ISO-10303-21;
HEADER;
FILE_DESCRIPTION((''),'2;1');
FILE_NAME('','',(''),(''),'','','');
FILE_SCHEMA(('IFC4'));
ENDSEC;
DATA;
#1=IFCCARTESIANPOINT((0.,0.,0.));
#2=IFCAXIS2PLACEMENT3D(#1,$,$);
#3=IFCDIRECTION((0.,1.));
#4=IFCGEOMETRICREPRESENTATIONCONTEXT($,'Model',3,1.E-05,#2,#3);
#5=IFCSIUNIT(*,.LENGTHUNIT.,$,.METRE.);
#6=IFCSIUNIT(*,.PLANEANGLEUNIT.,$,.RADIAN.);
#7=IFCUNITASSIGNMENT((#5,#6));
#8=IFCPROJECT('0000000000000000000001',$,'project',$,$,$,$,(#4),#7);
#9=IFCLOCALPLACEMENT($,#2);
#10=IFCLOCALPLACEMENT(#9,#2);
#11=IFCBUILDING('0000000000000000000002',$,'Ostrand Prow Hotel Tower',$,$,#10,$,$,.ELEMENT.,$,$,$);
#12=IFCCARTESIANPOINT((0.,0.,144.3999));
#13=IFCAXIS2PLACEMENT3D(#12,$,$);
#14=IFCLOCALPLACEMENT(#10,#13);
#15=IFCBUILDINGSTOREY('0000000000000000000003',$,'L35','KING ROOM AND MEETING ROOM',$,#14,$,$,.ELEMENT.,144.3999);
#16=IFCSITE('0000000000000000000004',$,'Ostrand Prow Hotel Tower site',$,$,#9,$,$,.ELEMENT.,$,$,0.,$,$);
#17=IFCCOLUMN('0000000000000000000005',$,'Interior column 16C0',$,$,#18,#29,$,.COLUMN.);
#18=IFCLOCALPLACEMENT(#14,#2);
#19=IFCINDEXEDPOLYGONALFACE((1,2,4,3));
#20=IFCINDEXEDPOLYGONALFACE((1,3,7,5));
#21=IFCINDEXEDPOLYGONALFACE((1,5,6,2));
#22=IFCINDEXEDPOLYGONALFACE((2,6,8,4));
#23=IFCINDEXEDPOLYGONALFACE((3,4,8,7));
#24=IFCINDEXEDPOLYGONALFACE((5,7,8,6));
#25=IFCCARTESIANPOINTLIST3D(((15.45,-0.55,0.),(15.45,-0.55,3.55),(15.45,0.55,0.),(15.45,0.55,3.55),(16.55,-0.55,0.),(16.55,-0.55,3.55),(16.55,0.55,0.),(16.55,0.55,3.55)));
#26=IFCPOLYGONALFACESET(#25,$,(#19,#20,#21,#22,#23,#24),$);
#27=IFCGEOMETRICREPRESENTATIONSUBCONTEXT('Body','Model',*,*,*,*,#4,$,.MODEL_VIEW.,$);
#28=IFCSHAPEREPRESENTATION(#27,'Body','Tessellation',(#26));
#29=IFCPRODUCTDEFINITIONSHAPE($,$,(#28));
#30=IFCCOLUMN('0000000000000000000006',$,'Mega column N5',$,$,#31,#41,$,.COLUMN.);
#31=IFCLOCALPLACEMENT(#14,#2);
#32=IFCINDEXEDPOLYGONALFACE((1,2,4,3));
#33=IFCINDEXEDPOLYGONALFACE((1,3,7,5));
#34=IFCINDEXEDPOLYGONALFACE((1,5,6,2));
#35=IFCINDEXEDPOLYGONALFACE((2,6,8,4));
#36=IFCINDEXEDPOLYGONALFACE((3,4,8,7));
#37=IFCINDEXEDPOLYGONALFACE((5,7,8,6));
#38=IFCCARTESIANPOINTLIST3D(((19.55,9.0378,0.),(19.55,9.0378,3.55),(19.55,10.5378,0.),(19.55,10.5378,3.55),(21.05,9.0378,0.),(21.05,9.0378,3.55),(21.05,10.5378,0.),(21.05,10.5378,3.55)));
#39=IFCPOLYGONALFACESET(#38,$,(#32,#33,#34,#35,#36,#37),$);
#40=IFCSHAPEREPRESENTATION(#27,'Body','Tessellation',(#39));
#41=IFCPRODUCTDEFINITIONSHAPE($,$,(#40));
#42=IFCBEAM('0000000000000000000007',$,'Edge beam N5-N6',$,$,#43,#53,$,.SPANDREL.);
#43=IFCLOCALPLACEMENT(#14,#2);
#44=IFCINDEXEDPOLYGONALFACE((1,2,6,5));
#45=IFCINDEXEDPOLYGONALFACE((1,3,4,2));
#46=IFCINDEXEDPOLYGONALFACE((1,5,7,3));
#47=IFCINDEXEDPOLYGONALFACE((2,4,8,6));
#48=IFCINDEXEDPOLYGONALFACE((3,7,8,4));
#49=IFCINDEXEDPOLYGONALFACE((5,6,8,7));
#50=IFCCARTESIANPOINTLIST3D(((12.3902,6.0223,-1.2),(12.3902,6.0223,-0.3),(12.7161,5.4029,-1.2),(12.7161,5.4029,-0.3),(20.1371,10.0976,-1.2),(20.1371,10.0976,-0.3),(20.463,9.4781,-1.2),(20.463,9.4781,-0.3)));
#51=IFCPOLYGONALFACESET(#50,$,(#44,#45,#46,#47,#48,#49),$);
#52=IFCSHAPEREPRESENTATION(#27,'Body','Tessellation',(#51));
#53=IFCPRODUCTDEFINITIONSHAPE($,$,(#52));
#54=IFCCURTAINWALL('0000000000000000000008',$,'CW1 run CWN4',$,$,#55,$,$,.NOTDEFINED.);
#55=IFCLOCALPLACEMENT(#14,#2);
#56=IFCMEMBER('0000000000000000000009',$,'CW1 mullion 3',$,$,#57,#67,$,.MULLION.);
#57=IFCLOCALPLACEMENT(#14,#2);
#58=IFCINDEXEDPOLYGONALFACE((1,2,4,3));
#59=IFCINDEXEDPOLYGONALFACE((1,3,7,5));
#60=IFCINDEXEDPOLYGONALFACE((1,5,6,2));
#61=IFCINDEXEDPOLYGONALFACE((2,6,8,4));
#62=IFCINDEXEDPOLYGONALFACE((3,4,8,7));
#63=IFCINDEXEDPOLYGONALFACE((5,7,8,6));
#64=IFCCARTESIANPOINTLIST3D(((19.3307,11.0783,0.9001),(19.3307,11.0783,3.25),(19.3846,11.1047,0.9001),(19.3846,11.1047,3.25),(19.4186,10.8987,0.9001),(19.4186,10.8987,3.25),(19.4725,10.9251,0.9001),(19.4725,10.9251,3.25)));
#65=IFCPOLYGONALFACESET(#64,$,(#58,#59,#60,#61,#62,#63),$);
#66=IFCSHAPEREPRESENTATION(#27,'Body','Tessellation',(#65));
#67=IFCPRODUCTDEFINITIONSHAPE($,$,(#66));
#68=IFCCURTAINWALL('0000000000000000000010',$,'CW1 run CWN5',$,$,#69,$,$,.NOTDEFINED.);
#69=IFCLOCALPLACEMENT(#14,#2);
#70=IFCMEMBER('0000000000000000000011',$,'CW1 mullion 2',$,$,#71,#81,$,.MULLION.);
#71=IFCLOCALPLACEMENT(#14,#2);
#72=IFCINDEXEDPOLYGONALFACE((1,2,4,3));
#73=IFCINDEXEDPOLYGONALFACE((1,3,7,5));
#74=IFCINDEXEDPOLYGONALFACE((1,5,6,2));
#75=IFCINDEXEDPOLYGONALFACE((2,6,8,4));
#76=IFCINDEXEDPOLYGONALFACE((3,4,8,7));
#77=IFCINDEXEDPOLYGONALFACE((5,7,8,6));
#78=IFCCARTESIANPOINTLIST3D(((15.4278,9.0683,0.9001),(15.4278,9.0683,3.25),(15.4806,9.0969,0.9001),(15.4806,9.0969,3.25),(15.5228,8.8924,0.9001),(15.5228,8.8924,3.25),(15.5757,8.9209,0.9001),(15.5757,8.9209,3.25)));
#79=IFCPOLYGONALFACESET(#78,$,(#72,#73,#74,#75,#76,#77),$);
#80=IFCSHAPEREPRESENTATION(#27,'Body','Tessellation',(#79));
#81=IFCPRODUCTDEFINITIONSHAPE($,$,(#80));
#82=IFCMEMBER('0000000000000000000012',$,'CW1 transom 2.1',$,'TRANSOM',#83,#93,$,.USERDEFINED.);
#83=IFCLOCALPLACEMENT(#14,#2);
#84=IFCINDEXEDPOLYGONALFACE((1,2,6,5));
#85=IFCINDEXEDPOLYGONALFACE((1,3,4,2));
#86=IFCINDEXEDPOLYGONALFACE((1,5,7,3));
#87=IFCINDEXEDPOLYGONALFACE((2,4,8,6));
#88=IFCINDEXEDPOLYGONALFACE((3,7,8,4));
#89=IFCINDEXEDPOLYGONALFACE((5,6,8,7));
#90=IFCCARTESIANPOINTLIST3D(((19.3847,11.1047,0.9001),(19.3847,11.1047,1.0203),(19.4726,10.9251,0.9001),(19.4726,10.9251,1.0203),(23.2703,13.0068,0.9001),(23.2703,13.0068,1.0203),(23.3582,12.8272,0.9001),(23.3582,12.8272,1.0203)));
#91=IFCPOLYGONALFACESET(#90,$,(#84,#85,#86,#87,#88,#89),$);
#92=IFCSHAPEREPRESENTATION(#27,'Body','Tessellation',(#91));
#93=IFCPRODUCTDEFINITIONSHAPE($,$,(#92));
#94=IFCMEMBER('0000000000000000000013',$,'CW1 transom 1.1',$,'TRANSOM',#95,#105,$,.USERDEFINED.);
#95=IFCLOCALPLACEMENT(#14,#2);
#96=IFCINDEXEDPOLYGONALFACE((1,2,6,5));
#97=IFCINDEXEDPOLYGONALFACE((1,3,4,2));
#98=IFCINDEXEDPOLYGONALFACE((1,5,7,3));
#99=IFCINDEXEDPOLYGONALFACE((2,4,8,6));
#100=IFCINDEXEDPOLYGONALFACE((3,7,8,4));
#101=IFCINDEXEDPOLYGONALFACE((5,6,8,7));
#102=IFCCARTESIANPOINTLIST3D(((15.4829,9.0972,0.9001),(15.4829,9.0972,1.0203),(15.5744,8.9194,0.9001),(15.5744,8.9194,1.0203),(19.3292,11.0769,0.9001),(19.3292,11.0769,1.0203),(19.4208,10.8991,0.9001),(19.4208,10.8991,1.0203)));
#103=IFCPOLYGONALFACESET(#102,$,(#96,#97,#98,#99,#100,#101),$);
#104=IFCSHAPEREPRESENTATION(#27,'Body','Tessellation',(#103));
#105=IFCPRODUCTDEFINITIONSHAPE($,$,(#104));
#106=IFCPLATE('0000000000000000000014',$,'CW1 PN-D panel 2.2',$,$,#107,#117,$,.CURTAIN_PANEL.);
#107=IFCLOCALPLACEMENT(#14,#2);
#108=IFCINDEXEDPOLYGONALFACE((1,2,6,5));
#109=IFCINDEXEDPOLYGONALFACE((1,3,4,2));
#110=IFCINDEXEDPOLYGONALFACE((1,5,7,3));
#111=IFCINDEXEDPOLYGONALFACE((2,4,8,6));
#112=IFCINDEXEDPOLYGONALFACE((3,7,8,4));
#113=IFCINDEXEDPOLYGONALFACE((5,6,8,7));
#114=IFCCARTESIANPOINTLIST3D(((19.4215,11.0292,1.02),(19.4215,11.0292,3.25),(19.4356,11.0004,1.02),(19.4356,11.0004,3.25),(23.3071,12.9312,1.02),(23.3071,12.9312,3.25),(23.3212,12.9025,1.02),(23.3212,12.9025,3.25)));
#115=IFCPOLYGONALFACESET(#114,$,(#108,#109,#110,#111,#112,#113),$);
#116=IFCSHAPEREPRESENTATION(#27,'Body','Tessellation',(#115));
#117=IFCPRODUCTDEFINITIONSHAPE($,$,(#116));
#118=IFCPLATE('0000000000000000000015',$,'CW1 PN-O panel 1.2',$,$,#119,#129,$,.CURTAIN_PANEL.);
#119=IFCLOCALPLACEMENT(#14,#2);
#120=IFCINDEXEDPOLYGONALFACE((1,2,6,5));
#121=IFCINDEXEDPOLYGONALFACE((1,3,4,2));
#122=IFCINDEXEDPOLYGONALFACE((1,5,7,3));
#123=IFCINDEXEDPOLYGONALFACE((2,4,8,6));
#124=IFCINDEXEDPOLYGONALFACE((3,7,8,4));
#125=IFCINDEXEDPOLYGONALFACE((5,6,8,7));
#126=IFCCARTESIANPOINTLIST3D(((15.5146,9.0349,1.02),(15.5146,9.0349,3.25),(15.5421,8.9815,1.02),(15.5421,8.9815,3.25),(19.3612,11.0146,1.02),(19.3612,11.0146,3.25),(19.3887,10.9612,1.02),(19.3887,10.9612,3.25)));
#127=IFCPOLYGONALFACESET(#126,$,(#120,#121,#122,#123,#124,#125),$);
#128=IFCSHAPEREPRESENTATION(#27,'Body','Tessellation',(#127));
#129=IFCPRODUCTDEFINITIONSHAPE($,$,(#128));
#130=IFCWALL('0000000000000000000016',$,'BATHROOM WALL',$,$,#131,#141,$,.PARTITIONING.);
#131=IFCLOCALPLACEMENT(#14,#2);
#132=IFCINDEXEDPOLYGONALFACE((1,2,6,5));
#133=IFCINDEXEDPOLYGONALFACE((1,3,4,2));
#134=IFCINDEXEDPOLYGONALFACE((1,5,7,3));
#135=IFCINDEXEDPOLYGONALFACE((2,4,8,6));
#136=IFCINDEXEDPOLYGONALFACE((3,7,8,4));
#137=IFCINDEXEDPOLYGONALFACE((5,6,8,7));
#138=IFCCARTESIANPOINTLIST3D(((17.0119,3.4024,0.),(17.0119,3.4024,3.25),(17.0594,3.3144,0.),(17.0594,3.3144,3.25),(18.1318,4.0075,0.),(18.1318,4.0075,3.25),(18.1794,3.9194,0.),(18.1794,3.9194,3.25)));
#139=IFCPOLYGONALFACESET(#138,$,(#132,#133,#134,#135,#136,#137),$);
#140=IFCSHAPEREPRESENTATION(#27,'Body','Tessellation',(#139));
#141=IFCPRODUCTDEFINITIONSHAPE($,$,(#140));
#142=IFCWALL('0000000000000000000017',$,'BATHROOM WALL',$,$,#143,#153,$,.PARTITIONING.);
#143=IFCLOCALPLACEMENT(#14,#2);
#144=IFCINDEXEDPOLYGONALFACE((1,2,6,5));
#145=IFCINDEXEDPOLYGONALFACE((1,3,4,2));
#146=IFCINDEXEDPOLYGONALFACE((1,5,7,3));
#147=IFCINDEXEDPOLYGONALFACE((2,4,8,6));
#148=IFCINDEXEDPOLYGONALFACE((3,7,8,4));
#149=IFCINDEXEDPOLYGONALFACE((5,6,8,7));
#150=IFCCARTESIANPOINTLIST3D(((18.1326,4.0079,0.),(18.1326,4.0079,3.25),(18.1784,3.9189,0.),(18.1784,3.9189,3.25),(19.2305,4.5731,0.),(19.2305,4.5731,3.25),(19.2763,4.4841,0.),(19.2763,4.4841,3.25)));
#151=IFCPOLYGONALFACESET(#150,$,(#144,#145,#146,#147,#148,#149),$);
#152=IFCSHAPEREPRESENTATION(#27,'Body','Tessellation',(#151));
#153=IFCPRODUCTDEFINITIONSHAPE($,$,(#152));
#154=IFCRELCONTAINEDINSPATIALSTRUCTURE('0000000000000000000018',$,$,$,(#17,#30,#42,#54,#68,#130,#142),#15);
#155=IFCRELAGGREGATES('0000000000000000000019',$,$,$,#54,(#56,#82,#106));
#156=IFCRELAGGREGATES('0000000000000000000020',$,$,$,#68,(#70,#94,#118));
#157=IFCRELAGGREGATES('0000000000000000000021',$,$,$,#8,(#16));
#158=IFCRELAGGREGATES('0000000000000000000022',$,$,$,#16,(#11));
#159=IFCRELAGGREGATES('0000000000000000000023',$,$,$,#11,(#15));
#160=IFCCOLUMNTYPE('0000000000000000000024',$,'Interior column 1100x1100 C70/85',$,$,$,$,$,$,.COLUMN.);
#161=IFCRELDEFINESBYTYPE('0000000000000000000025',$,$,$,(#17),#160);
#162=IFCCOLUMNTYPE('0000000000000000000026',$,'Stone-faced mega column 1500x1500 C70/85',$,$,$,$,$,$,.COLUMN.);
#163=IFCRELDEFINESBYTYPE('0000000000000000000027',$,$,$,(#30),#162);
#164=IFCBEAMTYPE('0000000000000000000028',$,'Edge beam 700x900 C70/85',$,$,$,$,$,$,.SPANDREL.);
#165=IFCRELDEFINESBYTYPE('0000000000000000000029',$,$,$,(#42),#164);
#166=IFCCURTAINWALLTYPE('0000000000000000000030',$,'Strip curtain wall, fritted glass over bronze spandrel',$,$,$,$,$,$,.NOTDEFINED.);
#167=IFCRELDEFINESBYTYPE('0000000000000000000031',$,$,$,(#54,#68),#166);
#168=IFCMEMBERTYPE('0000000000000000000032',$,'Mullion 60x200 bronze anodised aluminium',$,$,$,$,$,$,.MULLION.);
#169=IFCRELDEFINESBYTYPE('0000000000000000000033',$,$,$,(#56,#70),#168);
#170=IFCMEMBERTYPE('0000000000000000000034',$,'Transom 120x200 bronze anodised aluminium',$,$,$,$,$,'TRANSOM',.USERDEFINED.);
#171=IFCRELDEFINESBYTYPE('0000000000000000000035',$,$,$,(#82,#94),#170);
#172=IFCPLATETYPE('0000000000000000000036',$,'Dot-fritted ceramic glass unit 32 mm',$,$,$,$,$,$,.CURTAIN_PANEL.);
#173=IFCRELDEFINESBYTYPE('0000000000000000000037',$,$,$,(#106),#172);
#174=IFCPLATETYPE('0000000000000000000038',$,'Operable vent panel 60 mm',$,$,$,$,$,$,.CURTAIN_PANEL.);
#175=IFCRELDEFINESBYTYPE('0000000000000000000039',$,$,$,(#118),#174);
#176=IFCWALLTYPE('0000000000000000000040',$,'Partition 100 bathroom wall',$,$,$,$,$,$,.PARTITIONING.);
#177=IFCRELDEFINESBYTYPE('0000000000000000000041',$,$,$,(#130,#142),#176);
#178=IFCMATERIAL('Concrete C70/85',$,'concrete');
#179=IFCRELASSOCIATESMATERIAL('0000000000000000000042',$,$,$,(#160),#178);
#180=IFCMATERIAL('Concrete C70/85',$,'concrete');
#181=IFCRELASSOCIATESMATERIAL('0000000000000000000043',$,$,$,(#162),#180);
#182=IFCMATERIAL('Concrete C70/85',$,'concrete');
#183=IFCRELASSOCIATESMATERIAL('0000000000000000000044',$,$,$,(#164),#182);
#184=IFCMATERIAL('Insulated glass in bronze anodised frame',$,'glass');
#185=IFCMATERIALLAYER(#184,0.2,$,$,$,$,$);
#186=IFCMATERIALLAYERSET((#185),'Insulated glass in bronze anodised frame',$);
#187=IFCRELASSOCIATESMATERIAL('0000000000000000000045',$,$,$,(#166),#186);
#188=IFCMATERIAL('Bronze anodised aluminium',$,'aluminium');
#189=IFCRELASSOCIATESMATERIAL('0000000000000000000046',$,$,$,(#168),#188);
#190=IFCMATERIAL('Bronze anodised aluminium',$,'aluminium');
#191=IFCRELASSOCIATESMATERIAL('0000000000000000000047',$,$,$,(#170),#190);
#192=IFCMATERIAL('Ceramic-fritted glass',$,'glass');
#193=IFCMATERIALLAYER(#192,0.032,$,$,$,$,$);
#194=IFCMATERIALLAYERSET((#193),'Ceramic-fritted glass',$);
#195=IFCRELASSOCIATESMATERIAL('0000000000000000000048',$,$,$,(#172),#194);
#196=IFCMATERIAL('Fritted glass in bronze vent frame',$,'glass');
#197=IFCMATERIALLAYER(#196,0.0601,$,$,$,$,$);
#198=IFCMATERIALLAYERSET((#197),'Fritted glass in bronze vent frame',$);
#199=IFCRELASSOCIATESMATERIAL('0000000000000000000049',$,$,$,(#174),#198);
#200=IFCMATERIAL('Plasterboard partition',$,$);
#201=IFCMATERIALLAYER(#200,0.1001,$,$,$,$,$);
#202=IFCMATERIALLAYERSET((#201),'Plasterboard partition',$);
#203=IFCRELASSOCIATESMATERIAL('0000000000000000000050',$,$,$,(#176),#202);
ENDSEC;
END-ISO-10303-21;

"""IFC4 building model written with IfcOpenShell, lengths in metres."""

from ifc_helpers import new_model, si_unit, direction, frame, frame_2d, origin, origin_2d, place, context, subcontext, project, spatial, rectangle, extrude, material, layer, layer_set, material_profile, profile_set, type_object, element, aggregate, save


model = new_model("IFC4")

# Units and contexts
model_context = context("Model", 3, precision=1e-05, world=origin(), true_north=direction((0.0, 1.0)))
body_context = subcontext(model_context, "Body", "Model", "MODEL_VIEW")
ifc_project = project(units=[si_unit("LENGTHUNIT", "METRE"), si_unit("PLANEANGLEUNIT", "RADIAN")], contexts=[model_context])

# Site, building, storey
site_placement = place(None, origin())
site = spatial("IfcSite", under=ifc_project, at=site_placement, Name="Ostrand Prow Hotel Tower site", CompositionType="ELEMENT", RefElevation=0.0)
building_placement = place(site_placement, origin())
building = spatial("IfcBuilding", under=site, at=building_placement, Name="Ostrand Prow Hotel Tower", CompositionType="ELEMENT")
storey_placement = place(building_placement, frame((0.0, 0.0, 144.3999)))
storey = spatial("IfcBuildingStorey", under=building, at=storey_placement, Name="L35", Description="KING ROOM AND MEETING ROOM", CompositionType="ELEMENT", Elevation=144.3999)

# Columns
ifc_material_1 = material(Name="Concrete C70/85", Category="concrete")
ifc_material_profile_1 = material_profile(ifc_material_1, rectangle(XDim=1.1001, YDim=1.1001, at=origin_2d()), Name="RC 1100x1100")
ifc_profile_set_1 = profile_set([ifc_material_profile_1], Name="Concrete C70/85")
column_type_1 = type_object("IfcColumnType", Name="Interior column 1100x1100 C70/85", PredefinedType="COLUMN", material=ifc_profile_set_1)
column_1_placement = place(storey_placement, frame((16.0, 0.0, 0.0), z_axis=(0.0, 0.0, 1.0), x_axis=(1.0, 0.0, 0.0)))
element("IfcColumn", 1, at=column_1_placement, inside=storey, type_object=column_type_1, Name="Interior column 16C0", PredefinedType="COLUMN", context=body_context, shape_type="SweptSolid", body=[
    extrude(rectangle(XDim=1.1001, YDim=1.1001, at=origin_2d()), origin(), (0.0, 0.0, 1.0), 3.55),
])
ifc_material_2 = material(Name="Concrete C70/85", Category="concrete")
ifc_material_profile_2 = material_profile(ifc_material_2, rectangle(XDim=1.5, YDim=1.5, at=origin_2d()), Name="RC 1500x1500")
ifc_profile_set_2 = profile_set([ifc_material_profile_2], Name="Concrete C70/85")
column_type_2 = type_object("IfcColumnType", Name="Stone-faced mega column 1500x1500 C70/85", PredefinedType="COLUMN", material=ifc_profile_set_2)
column_2_placement = place(storey_placement, frame((20.3, 9.7878, 0.0), z_axis=(0.0, 0.0, 1.0), x_axis=(1.0, 0.0, 0.0)))
element("IfcColumn", 2, at=column_2_placement, inside=storey, type_object=column_type_2, Name="Mega column N5", PredefinedType="COLUMN", context=body_context, shape_type="SweptSolid", body=[
    extrude(rectangle(XDim=1.5, YDim=1.5, at=origin_2d()), origin(), (0.0, 0.0, 1.0), 3.55),
])

# Beam
ifc_material_3 = material(Name="Concrete C70/85", Category="concrete")
ifc_material_profile_3 = material_profile(ifc_material_3, rectangle(XDim=0.7, YDim=0.8999, at=origin_2d()), Name="RC 700x900")
ifc_profile_set_3 = profile_set([ifc_material_profile_3], Name="Concrete C70/85")
beam_type = type_object("IfcBeamType", Name="Edge beam 700x900 C70/85", PredefinedType="SPANDREL", material=ifc_profile_set_3)
beam_placement = place(storey_placement, frame((20.3, 9.7878, -0.75), z_axis=(-0.885016, -0.46556, 0.0), x_axis=(0.46556, -0.885016, 0.0)))
element("IfcBeam", 3, at=beam_placement, inside=storey, type_object=beam_type, Name="Edge beam N5-N6", PredefinedType="SPANDREL", context=body_context, shape_type="SweptSolid", body=[
    extrude(rectangle(XDim=0.7, YDim=0.8999, at=origin_2d()), origin(), (0.0, 0.0, 1.0), 8.7534),
])

# Curtain walls, members
ifc_material_4 = material(Name="Insulated glass in bronze anodised frame", Category="glass")
ifc_layer_1 = layer(ifc_material_4, 0.2)
ifc_layer_set_1 = layer_set([ifc_layer_1], Name="Insulated glass in bronze anodised frame")
curtain_wall_type = type_object("IfcCurtainWallType", Name="Strip curtain wall, fritted glass over bronze spandrel", PredefinedType="NOTDEFINED", material=ifc_layer_set_1)
curtain_wall_1_placement = place(storey_placement, origin())
curtain_wall_1 = element("IfcCurtainWall", 4, at=curtain_wall_1_placement, inside=storey, type_object=curtain_wall_type, Name="CW1 run CWN4", PredefinedType="NOTDEFINED")
ifc_material_5 = material(Name="Bronze anodised aluminium", Category="aluminium")
ifc_material_profile_4 = material_profile(ifc_material_5, rectangle(XDim=0.2, YDim=0.0601, at=origin_2d()), Name="Mullion 60x200 bronze anodised aluminium")
ifc_profile_set_4 = profile_set([ifc_material_profile_4], Name="Bronze anodised aluminium")
member_type_1 = type_object("IfcMemberType", Name="Mullion 60x200 bronze anodised aluminium", PredefinedType="MULLION", material=ifc_profile_set_4)
member_1_placement = place(storey_placement, frame((19.4016, 11.0017, 0.9001), z_axis=(0.0, 0.0, 1.0), x_axis=(0.439659, -0.898165, 0.0)))
member_1 = element("IfcMember", 5, at=member_1_placement, type_object=member_type_1, Name="CW1 mullion 3", PredefinedType="MULLION", context=body_context, shape_type="SweptSolid", body=[
    extrude(rectangle(XDim=0.2, YDim=0.0601, at=origin_2d()), origin(), (0.0, 0.0, 1.0), 2.3499),
])
curtain_wall_2_placement = place(storey_placement, origin())
curtain_wall_2 = element("IfcCurtainWall", 6, at=curtain_wall_2_placement, inside=storey, type_object=curtain_wall_type, Name="CW1 run CWN5", PredefinedType="NOTDEFINED")
member_2_placement = place(storey_placement, frame((15.5017, 8.9946, 0.9001), z_axis=(0.0, 0.0, 1.0), x_axis=(0.475394, -0.879773, 0.0)))
member_2 = element("IfcMember", 7, at=member_2_placement, type_object=member_type_1, Name="CW1 mullion 2", PredefinedType="MULLION", context=body_context, shape_type="SweptSolid", body=[
    extrude(rectangle(XDim=0.2, YDim=0.0601, at=origin_2d()), origin(), (0.0, 0.0, 1.0), 2.3499),
])

# Members
ifc_material_6 = material(Name="Bronze anodised aluminium", Category="aluminium")
ifc_material_profile_5 = material_profile(ifc_material_6, rectangle(XDim=0.2, YDim=0.1201, at=origin_2d()), Name="Transom 120x200 bronze anodised aluminium")
ifc_profile_set_5 = profile_set([ifc_material_profile_5], Name="Bronze anodised aluminium")
member_type_2 = type_object("IfcMemberType", Name="Transom 120x200 bronze anodised aluminium", ElementType="TRANSOM", PredefinedType="USERDEFINED", material=ifc_profile_set_5)
member_3_placement = place(storey_placement, frame((23.3142, 12.917, 0.9602), z_axis=(-0.898154, -0.439681, 0.0), x_axis=(0.439681, -0.898154, 0.0)))
member_3 = element("IfcMember", 8, at=member_3_placement, type_object=member_type_2, Name="CW1 transom 2.1", ObjectType="TRANSOM", PredefinedType="USERDEFINED", context=body_context, shape_type="SweptSolid", body=[
    extrude(rectangle(XDim=0.2, YDim=0.1201, at=origin_2d()), origin(), (0.0, 0.0, 1.0), 4.3262),
])
member_4_placement = place(storey_placement, frame((19.375, 10.988, 0.9602), z_axis=(-0.88914, -0.457635, 0.0), x_axis=(0.457635, -0.88914, 0.0)))
member_4 = element("IfcMember", 9, at=member_4_placement, type_object=member_type_2, Name="CW1 transom 1.1", ObjectType="TRANSOM", PredefinedType="USERDEFINED", context=body_context, shape_type="SweptSolid", body=[
    extrude(rectangle(XDim=0.2, YDim=0.1201, at=origin_2d()), origin(), (0.0, 0.0, 1.0), 4.3259),
])

# Plates
ifc_material_7 = material(Name="Ceramic-fritted glass", Category="glass")
ifc_layer_2 = layer(ifc_material_7, 0.032)
ifc_layer_set_2 = layer_set([ifc_layer_2], Name="Ceramic-fritted glass")
plate_type_1 = type_object("IfcPlateType", Name="Dot-fritted ceramic glass unit 32 mm", PredefinedType="CURTAIN_PANEL", material=ifc_layer_set_2)
plate_1_placement = place(storey_placement, frame((21.3713, 11.9658, 1.02), z_axis=(0.0, 0.0, 1.0), x_axis=(-0.898165, -0.439659, 0.0)))
plate_1 = element("IfcPlate", 10, at=plate_1_placement, type_object=plate_type_1, Name="CW1 PN-D panel 2.2", PredefinedType="CURTAIN_PANEL", context=body_context, shape_type="SweptSolid", body=[
    extrude(rectangle(XDim=4.3262, YDim=0.032, at=origin_2d()), origin(), (0.0, 0.0, 1.0), 2.23),
])
aggregate(curtain_wall_1, [member_1, member_3, plate_1])
ifc_material_8 = material(Name="Fritted glass in bronze vent frame", Category="glass")
ifc_layer_3 = layer(ifc_material_8, 0.0601)
ifc_layer_set_3 = layer_set([ifc_layer_3], Name="Fritted glass in bronze vent frame")
plate_type_2 = type_object("IfcPlateType", Name="Operable vent panel 60 mm", PredefinedType="CURTAIN_PANEL", material=ifc_layer_set_3)
plate_2_placement = place(storey_placement, frame((17.4517, 9.998, 1.02), z_axis=(0.0, 0.0, 1.0), x_axis=(-0.889148, -0.457619, 0.0)))
plate_2 = element("IfcPlate", 11, at=plate_2_placement, type_object=plate_type_2, Name="CW1 PN-O panel 1.2", PredefinedType="CURTAIN_PANEL", context=body_context, shape_type="SweptSolid", body=[
    extrude(rectangle(XDim=4.3262, YDim=0.0601, at=origin_2d()), origin(), (0.0, 0.0, 1.0), 2.23),
])
aggregate(curtain_wall_2, [member_2, member_4, plate_2])

# Walls
ifc_material_9 = material(Name="Plasterboard partition")
ifc_layer_4 = layer(ifc_material_9, 0.1001)
ifc_layer_set_4 = layer_set([ifc_layer_4], Name="Plasterboard partition")
wall_type_1 = type_object("IfcWallType", Name="Partition 100 bathroom wall", PredefinedType="PARTITIONING", material=ifc_layer_set_4)
wall_1_placement = place(storey_placement, frame((17.0356, 3.3584, 0.0), z_axis=(0.0, 0.0, 1.0), x_axis=(0.879824, 0.4753, 0.0)))
element("IfcWall", 12, at=wall_1_placement, inside=storey, type_object=wall_type_1, Name="BATHROOM WALL", PredefinedType="PARTITIONING", context=body_context, shape_type="SweptSolid", body=[
    extrude(rectangle(XDim=1.2729, YDim=0.1001, at=frame_2d((0.6365, 0.0))), origin(), (0.0, 0.0, 1.0), 3.25),
])
wall_2_placement = place(storey_placement, frame((18.1555, 3.9634, 0.0), z_axis=(0.0, 0.0, 1.0), x_axis=(0.889106, 0.457701, 0.0)))
element("IfcWall", 13, at=wall_2_placement, inside=storey, type_object=wall_type_1, Name="BATHROOM WALL", PredefinedType="PARTITIONING", context=body_context, shape_type="SweptSolid", body=[
    extrude(rectangle(XDim=1.2349, YDim=0.1001, at=frame_2d((0.6174, 0.0))), origin(), (0.0, 0.0, 1.0), 3.25),
])

save(model, "model.ifc")
